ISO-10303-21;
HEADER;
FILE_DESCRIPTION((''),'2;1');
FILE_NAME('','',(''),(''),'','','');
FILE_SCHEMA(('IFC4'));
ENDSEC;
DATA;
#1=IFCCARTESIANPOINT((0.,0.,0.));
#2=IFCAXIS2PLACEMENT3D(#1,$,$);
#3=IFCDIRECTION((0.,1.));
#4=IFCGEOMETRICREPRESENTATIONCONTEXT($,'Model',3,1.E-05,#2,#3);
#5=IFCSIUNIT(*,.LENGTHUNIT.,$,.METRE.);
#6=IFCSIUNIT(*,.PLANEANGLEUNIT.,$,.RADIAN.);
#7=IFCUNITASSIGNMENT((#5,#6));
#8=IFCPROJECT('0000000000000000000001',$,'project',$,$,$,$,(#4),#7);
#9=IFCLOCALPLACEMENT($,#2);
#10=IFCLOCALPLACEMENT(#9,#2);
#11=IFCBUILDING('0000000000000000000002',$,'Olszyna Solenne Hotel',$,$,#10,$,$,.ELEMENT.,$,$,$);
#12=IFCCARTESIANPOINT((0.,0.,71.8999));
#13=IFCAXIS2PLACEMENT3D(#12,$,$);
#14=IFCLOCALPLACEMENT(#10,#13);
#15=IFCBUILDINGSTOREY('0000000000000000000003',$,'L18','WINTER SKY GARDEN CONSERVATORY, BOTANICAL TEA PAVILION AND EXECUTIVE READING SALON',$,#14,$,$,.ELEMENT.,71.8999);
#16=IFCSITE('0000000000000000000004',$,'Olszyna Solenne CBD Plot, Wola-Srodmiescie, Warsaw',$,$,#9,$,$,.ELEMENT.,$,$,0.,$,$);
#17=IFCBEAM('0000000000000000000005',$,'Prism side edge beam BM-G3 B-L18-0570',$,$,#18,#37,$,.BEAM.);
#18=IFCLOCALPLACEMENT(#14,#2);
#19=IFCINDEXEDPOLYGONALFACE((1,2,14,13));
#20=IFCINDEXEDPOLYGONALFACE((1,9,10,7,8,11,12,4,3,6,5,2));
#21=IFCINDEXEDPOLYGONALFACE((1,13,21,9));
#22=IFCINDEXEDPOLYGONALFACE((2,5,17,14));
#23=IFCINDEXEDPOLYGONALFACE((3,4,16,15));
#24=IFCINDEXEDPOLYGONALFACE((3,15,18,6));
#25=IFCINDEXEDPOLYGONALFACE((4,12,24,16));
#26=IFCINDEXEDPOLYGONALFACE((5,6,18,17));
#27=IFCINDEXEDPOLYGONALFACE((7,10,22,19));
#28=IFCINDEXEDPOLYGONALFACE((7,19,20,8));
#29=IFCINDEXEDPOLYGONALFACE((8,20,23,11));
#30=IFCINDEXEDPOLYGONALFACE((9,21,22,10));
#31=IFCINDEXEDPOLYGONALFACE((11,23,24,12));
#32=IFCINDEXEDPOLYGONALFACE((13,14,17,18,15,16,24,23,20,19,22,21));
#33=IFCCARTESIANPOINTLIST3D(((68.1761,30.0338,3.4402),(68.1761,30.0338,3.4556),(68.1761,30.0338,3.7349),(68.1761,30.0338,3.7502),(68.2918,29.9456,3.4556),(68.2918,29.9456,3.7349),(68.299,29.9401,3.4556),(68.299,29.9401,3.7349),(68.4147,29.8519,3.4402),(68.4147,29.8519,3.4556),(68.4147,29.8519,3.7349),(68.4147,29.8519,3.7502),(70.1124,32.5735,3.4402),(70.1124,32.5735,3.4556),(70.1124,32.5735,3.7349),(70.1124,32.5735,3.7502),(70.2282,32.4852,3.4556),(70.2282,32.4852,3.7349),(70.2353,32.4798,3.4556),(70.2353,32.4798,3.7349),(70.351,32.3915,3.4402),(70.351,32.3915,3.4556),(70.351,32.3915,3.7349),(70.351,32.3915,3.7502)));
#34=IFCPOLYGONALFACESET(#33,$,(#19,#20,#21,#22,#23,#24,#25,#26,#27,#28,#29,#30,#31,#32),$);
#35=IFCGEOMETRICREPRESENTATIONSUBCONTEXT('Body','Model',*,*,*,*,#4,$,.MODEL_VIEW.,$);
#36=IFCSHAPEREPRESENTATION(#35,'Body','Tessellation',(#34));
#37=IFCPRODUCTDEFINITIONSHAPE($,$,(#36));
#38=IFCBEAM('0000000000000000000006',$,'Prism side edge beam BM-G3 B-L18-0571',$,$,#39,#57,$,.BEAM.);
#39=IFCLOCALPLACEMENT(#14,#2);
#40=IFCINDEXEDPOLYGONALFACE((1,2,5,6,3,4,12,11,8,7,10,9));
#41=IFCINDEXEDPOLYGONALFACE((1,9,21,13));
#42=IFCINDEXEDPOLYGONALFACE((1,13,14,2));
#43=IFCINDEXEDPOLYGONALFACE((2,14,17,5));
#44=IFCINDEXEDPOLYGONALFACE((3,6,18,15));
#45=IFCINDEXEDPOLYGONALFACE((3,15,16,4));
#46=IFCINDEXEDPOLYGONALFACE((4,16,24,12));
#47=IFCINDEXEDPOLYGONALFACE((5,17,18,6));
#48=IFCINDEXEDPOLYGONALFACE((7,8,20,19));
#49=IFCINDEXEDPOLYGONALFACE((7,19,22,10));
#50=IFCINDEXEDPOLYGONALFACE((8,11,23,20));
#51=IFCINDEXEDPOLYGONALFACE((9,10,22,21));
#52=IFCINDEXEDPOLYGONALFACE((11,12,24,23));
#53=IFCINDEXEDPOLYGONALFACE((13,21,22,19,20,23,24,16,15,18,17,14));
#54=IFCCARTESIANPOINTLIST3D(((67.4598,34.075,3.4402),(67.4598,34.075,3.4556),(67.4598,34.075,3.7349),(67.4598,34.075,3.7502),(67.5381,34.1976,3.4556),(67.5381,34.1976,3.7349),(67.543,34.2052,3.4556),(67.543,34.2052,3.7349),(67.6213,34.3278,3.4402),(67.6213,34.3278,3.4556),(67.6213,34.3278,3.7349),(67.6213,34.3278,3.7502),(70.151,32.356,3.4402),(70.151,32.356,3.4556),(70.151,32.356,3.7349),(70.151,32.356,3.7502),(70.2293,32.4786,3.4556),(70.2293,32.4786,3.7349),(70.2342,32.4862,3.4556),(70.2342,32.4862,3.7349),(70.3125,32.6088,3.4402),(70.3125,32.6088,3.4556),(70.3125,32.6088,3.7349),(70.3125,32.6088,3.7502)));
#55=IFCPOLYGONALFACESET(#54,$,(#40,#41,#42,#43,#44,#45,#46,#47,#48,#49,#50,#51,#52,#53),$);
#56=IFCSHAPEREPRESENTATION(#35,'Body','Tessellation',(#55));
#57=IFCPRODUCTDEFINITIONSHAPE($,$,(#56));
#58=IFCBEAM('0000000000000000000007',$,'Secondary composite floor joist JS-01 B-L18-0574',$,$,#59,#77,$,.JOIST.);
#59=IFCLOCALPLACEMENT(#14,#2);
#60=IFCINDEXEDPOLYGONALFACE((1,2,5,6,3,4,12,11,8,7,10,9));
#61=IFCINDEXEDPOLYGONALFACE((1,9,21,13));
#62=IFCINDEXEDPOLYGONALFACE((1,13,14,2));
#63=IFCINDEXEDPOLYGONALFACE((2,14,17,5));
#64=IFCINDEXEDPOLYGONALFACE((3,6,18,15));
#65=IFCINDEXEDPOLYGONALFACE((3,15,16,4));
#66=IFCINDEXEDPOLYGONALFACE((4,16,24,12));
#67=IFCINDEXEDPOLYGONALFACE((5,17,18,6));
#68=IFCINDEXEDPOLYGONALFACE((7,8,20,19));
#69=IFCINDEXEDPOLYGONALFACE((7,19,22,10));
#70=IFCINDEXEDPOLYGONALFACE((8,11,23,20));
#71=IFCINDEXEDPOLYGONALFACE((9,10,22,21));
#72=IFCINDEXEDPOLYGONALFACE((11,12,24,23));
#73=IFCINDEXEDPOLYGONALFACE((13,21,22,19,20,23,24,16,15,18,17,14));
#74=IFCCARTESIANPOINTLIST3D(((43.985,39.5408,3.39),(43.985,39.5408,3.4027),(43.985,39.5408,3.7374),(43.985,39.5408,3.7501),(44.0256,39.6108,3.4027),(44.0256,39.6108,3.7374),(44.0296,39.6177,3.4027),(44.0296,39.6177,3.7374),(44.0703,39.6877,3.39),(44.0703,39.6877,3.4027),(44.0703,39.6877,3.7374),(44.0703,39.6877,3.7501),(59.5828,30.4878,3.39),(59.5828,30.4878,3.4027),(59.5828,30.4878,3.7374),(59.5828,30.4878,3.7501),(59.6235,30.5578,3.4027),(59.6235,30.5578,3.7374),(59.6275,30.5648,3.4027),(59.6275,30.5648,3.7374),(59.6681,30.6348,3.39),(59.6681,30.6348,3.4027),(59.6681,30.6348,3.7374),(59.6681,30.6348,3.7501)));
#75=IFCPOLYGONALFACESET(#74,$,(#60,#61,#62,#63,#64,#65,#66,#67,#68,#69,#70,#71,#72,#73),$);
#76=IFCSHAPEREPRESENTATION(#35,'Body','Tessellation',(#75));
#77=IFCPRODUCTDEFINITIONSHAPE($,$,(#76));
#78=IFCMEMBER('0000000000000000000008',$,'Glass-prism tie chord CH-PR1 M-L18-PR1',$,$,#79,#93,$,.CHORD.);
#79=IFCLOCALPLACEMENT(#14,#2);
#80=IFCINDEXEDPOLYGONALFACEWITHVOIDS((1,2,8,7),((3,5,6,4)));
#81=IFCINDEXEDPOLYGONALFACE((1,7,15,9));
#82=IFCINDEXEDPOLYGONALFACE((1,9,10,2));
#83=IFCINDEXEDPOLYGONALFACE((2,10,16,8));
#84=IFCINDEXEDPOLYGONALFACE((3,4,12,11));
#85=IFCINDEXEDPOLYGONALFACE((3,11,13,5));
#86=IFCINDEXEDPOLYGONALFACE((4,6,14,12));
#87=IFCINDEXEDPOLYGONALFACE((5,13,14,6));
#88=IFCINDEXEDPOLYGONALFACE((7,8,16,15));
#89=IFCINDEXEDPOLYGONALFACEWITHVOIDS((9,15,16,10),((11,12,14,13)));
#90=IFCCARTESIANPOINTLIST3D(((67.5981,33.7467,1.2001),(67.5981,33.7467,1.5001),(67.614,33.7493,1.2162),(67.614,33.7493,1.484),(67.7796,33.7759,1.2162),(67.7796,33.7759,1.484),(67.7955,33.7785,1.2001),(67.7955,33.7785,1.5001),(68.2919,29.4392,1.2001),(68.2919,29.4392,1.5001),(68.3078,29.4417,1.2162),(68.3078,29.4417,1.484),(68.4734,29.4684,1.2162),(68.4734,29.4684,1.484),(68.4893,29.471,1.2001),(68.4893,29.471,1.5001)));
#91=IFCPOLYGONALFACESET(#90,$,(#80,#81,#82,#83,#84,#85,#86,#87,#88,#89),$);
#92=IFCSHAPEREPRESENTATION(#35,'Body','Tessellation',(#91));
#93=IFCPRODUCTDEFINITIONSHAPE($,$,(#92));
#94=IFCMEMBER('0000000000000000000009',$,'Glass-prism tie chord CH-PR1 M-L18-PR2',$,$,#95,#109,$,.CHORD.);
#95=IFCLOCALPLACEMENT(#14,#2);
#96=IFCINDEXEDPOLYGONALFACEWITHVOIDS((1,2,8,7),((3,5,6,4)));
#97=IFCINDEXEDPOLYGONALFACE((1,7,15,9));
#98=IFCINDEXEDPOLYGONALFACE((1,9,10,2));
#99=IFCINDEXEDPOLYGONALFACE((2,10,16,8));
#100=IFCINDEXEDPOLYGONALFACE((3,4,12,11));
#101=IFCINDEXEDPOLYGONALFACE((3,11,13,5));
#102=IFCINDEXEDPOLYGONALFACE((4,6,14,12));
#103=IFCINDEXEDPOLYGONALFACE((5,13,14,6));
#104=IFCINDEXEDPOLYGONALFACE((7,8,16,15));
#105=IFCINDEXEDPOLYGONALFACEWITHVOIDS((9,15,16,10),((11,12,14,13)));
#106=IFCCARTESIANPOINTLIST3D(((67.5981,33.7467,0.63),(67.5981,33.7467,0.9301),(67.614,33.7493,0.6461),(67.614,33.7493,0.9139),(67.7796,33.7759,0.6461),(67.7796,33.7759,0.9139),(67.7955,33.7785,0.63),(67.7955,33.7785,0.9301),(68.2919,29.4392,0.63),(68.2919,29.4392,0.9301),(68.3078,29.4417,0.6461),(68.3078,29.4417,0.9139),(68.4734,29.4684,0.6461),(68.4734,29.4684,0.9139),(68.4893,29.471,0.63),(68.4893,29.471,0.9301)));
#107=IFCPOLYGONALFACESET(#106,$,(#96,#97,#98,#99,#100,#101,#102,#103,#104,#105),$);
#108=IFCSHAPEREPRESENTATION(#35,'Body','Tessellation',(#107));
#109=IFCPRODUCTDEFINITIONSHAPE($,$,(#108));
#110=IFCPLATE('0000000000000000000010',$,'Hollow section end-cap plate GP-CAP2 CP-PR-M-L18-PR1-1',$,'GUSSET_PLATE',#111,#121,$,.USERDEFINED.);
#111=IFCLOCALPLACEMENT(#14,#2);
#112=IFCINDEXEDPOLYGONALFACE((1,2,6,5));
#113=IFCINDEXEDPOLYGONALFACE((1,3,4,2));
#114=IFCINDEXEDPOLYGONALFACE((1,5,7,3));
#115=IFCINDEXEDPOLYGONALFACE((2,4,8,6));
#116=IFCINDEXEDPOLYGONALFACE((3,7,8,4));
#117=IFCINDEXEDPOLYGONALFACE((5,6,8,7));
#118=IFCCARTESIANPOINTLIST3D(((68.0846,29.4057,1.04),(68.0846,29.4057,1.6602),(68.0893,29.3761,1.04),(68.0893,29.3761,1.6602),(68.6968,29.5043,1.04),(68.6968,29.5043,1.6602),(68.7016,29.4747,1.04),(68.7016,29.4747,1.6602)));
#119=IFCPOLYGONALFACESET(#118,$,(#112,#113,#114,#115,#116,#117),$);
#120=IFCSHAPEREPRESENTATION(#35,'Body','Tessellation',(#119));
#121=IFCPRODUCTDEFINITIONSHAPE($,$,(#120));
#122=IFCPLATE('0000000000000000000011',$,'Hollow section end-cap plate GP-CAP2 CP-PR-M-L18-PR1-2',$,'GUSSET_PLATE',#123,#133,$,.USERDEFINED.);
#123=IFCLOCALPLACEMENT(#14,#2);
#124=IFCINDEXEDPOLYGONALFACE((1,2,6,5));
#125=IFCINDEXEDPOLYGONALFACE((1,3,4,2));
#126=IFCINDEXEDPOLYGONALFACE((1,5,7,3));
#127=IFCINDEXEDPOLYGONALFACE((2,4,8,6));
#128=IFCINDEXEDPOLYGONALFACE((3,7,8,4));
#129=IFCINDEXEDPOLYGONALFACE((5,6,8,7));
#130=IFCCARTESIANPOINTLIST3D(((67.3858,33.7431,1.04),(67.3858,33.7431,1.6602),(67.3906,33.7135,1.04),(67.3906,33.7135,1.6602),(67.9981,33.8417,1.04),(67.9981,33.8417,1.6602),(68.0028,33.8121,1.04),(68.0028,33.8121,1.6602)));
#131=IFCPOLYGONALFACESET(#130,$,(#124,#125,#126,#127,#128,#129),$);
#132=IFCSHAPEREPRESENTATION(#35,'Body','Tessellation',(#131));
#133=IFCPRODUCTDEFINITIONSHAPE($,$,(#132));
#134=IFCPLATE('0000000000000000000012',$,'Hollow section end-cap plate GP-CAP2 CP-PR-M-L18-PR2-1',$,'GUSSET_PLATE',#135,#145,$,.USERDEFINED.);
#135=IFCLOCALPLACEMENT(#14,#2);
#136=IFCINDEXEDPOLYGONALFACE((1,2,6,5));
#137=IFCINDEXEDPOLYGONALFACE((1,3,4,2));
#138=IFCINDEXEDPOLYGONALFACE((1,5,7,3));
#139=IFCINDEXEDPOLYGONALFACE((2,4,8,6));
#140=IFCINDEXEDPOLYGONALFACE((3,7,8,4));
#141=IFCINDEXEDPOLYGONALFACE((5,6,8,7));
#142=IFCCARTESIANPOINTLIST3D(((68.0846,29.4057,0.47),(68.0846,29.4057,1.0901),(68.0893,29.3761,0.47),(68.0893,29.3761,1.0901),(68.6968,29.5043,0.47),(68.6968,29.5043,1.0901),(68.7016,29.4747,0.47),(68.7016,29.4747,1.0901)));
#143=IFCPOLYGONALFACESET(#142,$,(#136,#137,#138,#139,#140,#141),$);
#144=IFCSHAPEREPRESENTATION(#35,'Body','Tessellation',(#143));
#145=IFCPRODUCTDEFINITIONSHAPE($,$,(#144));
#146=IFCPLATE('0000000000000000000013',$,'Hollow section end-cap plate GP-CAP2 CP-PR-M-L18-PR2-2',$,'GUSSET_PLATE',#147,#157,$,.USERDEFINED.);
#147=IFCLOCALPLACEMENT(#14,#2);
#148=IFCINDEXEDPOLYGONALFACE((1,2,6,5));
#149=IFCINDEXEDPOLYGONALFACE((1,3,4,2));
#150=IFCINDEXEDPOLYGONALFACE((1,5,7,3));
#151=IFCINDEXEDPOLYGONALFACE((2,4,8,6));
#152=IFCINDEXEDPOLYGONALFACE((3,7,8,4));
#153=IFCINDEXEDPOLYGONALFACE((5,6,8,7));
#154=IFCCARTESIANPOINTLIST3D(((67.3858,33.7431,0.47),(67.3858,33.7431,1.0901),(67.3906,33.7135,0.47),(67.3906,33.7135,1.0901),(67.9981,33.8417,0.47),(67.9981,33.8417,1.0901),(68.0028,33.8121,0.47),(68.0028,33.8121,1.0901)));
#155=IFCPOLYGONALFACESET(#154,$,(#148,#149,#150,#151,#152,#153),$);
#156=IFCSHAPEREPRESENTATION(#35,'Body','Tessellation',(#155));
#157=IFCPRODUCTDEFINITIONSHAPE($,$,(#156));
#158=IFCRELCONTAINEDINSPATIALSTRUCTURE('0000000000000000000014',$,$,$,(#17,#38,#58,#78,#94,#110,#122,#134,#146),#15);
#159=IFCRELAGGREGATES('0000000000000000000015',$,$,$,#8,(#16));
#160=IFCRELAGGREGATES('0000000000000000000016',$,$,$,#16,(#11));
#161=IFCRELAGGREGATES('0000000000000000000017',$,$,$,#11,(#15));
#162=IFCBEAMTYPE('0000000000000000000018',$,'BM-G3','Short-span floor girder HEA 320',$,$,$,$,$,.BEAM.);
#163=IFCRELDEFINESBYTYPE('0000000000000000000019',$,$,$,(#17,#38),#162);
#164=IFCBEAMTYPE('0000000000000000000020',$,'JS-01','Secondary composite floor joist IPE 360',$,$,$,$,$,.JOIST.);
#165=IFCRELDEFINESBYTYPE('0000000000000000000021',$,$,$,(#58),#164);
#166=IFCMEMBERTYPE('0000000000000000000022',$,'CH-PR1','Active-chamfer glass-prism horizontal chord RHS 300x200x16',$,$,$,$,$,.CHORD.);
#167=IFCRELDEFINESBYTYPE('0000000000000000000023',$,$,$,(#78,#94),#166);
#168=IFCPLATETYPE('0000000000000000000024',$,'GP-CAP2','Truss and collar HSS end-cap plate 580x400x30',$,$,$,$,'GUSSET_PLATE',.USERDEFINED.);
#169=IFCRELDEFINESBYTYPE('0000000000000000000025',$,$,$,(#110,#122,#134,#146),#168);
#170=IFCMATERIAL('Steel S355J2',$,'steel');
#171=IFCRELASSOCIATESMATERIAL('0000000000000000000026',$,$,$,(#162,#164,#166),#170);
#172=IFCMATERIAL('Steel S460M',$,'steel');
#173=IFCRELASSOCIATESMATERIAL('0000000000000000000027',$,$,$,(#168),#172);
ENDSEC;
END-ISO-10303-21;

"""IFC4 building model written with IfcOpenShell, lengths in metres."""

from ifc_helpers import new_model, si_unit, direction, frame, origin, origin_2d, place, context, subcontext, project, spatial, rectangle, hollow_rectangle, i_section, extrude, source, transform, mapped, material, material_profile, profile_set, type_object, element, save


model = new_model("IFC4")

# Units and contexts
model_context = context("Model", 3, precision=1e-05, world=origin(), true_north=direction((0.0, 1.0)))
body_context = subcontext(model_context, "Body", "Model", "MODEL_VIEW")
ifc_project = project(units=[si_unit("LENGTHUNIT", "METRE"), si_unit("PLANEANGLEUNIT", "RADIAN")], contexts=[model_context])

# Site, building, storey
site_placement = place(None, origin())
site = spatial("IfcSite", under=ifc_project, at=site_placement, Name="Olszyna Solenne CBD Plot, Wola-Srodmiescie, Warsaw", CompositionType="ELEMENT", RefElevation=0.0)
building_placement = place(site_placement, origin())
building = spatial("IfcBuilding", under=site, at=building_placement, Name="Olszyna Solenne Hotel", CompositionType="ELEMENT")
storey_placement = place(building_placement, frame((0.0, 0.0, 71.8999)))
storey = spatial("IfcBuildingStorey", under=building, at=storey_placement, Name="L18", Description="WINTER SKY GARDEN CONSERVATORY, BOTANICAL TEA PAVILION AND EXECUTIVE READING SALON", CompositionType="ELEMENT", Elevation=71.8999)

# Shared definitions
ifc_material_1 = material(Name="Steel S460M", Category="steel")

# Beams
ifc_material_2 = material(Name="Steel S355J2", Category="steel")
ifc_material_profile_1 = material_profile(ifc_material_2, i_section(OverallWidth=0.3, OverallDepth=0.3101, WebThickness=0.009, FlangeThickness=0.0154, at=origin_2d()), Name="HEA 320", Category="load-bearing")
ifc_profile_set_1 = profile_set([ifc_material_profile_1], Name="Steel S355J2")
beam_type_1 = type_object("IfcBeamType", Name="BM-G3", Description="Short-span floor girder HEA 320", PredefinedType="BEAM", material=ifc_profile_set_1)
shared_shape_1 = source(origin(), body_context, "Body", "SweptSolid", [
    extrude(i_section(OverallWidth=0.3, OverallDepth=0.3101, WebThickness=0.009, FlangeThickness=0.0154, at=origin_2d()), origin(), (0.0, 0.0, 1.0), 3.1936),
])
beam_1_placement = place(storey_placement, frame((68.2954, 29.9429, 3.5952), z_axis=(0.606317, 0.795223, 0.0), x_axis=(-0.795223, 0.606317, 0.0)))
element("IfcBeam", 1, at=beam_1_placement, inside=storey, type_object=beam_type_1, Name="Prism side edge beam BM-G3 B-L18-0570", PredefinedType="BEAM", context=body_context, shape_type="MappedRepresentation", body=[
    mapped(shared_shape_1, transform((0.0, 0.0, 0.0), x_axis=(1.0, 0.0, 0.0), y_axis=(0.0, 1.0, 0.0), z_axis=(0.0, 0.0, 1.0), scale=1.0)),
])
shared_shape_2 = source(origin(), body_context, "Body", "SweptSolid", [
    extrude(i_section(OverallWidth=0.3, OverallDepth=0.3101, WebThickness=0.009, FlangeThickness=0.0154, at=origin_2d()), origin(), (0.0, 0.0, 1.0), 3.1934),
])
beam_2_placement = place(storey_placement, frame((67.5405, 34.2014, 3.5952), z_axis=(0.842747, -0.538309, 0.0), x_axis=(0.538309, 0.842747, 0.0)))
element("IfcBeam", 2, at=beam_2_placement, inside=storey, type_object=beam_type_1, Name="Prism side edge beam BM-G3 B-L18-0571", PredefinedType="BEAM", context=body_context, shape_type="MappedRepresentation", body=[
    mapped(shared_shape_2, transform((0.0, 0.0, 0.0), x_axis=(1.0, 0.0, 0.0), y_axis=(0.0, 1.0, 0.0), z_axis=(0.0, 0.0, 1.0), scale=1.0)),
])
ifc_material_profile_2 = material_profile(ifc_material_2, i_section(OverallWidth=0.1699, OverallDepth=0.3601, WebThickness=0.0081, FlangeThickness=0.0127, at=origin_2d()), Name="IPE 360", Category="load-bearing")
ifc_profile_set_2 = profile_set([ifc_material_profile_2], Name="Steel S355J2")
beam_type_2 = type_object("IfcBeamType", Name="JS-01", Description="Secondary composite floor joist IPE 360", PredefinedType="JOIST", material=ifc_profile_set_2)
shared_shape_3 = source(origin(), body_context, "Body", "SweptSolid", [
    extrude(i_section(OverallWidth=0.1699, OverallDepth=0.3601, WebThickness=0.0081, FlangeThickness=0.0127, at=origin_2d()), origin(), (0.0, 0.0, 1.0), 18.0347),
])
beam_3_placement = place(storey_placement, frame((59.6255, 30.5613, 3.5701), z_axis=(-0.864882, 0.501975, 0.0), x_axis=(-0.501975, -0.864882, 0.0)))
element("IfcBeam", 3, at=beam_3_placement, inside=storey, type_object=beam_type_2, Name="Secondary composite floor joist JS-01 B-L18-0574", PredefinedType="JOIST", context=body_context, shape_type="MappedRepresentation", body=[
    mapped(shared_shape_3, transform((0.0, 0.0, 0.0), x_axis=(1.0, 0.0, 0.0), y_axis=(0.0, 1.0, 0.0), z_axis=(0.0, 0.0, 1.0), scale=1.0)),
])

# Members
ifc_material_profile_3 = material_profile(ifc_material_2, hollow_rectangle(XDim=0.2, YDim=0.3, WallThickness=0.0161, at=origin_2d()), Name="RHS 300x200x16", Category="load-bearing")
ifc_profile_set_3 = profile_set([ifc_material_profile_3], Name="Steel S355J2")
member_type = type_object("IfcMemberType", Name="CH-PR1", Description="Active-chamfer glass-prism horizontal chord RHS 300x200x16", PredefinedType="CHORD", material=ifc_profile_set_3)
shared_shape_4 = source(origin(), body_context, "Body", "SweptSolid", [
    extrude(hollow_rectangle(XDim=0.2, YDim=0.3, WallThickness=0.0161, at=origin_2d()), origin(), (0.0, 0.0, 1.0), 4.363),
])
for number, where, z_axis, x_axis, name in (
    (4, (68.3906, 29.4551, 1.3501), (-0.159025, 0.987275, 0.0), (-0.987275, -0.159025, 0.0), "Glass-prism tie chord CH-PR1 M-L18-PR1"),
    (5, (68.3906, 29.4551, 0.78), (-0.159025, 0.987275, 0.0), (-0.987275, -0.159025, 0.0), "Glass-prism tie chord CH-PR1 M-L18-PR2"),
):
    element("IfcMember", number, at=place(storey_placement, frame(where, z_axis=z_axis, x_axis=x_axis)), inside=storey, type_object=member_type, Name=name, PredefinedType="CHORD", context=body_context, shape_type="MappedRepresentation", body=[
        mapped(shared_shape_4, transform((0.0, 0.0, 0.0), x_axis=(1.0, 0.0, 0.0), y_axis=(0.0, 1.0, 0.0), z_axis=(0.0, 0.0, 1.0), scale=1.0)),
    ])

# Plates
plate_type = type_object("IfcPlateType", Name="GP-CAP2", Description="Truss and collar HSS end-cap plate 580x400x30", ElementType="GUSSET_PLATE", PredefinedType="USERDEFINED", material=ifc_material_1)
shared_shape_5 = source(origin(), body_context, "Body", "SweptSolid", [
    extrude(rectangle(XDim=0.03, YDim=0.6201, at=origin_2d()), origin(), (0.0, 0.0, 1.0), 0.6201),
])
for number, where, z_axis, x_axis, name in (
    (6, (68.3931, 29.4402, 1.04), (0.0, 0.0, 1.0), (-0.15902, 0.987275, 0.0), "Hollow section end-cap plate GP-CAP2 CP-PR-M-L18-PR1-1"),
    (7, (67.6943, 33.7776, 1.04), (0.0, 0.0, 1.0), (-0.15902, 0.987275, 0.0), "Hollow section end-cap plate GP-CAP2 CP-PR-M-L18-PR1-2"),
    (8, (68.3931, 29.4402, 0.47), (0.0, 0.0, 1.0), (-0.15902, 0.987275, 0.0), "Hollow section end-cap plate GP-CAP2 CP-PR-M-L18-PR2-1"),
    (9, (67.6943, 33.7776, 0.47), (0.0, 0.0, 1.0), (-0.15902, 0.987275, 0.0), "Hollow section end-cap plate GP-CAP2 CP-PR-M-L18-PR2-2"),
):
    element("IfcPlate", number, at=place(storey_placement, frame(where, z_axis=z_axis, x_axis=x_axis)), inside=storey, type_object=plate_type, Name=name, ObjectType="GUSSET_PLATE", PredefinedType="USERDEFINED", context=body_context, shape_type="MappedRepresentation", body=[
        mapped(shared_shape_5, transform((0.0, 0.0, 0.0), x_axis=(1.0, 0.0, 0.0), y_axis=(0.0, 1.0, 0.0), z_axis=(0.0, 0.0, 1.0), scale=1.0)),
    ])

save(model, "model.ifc")
